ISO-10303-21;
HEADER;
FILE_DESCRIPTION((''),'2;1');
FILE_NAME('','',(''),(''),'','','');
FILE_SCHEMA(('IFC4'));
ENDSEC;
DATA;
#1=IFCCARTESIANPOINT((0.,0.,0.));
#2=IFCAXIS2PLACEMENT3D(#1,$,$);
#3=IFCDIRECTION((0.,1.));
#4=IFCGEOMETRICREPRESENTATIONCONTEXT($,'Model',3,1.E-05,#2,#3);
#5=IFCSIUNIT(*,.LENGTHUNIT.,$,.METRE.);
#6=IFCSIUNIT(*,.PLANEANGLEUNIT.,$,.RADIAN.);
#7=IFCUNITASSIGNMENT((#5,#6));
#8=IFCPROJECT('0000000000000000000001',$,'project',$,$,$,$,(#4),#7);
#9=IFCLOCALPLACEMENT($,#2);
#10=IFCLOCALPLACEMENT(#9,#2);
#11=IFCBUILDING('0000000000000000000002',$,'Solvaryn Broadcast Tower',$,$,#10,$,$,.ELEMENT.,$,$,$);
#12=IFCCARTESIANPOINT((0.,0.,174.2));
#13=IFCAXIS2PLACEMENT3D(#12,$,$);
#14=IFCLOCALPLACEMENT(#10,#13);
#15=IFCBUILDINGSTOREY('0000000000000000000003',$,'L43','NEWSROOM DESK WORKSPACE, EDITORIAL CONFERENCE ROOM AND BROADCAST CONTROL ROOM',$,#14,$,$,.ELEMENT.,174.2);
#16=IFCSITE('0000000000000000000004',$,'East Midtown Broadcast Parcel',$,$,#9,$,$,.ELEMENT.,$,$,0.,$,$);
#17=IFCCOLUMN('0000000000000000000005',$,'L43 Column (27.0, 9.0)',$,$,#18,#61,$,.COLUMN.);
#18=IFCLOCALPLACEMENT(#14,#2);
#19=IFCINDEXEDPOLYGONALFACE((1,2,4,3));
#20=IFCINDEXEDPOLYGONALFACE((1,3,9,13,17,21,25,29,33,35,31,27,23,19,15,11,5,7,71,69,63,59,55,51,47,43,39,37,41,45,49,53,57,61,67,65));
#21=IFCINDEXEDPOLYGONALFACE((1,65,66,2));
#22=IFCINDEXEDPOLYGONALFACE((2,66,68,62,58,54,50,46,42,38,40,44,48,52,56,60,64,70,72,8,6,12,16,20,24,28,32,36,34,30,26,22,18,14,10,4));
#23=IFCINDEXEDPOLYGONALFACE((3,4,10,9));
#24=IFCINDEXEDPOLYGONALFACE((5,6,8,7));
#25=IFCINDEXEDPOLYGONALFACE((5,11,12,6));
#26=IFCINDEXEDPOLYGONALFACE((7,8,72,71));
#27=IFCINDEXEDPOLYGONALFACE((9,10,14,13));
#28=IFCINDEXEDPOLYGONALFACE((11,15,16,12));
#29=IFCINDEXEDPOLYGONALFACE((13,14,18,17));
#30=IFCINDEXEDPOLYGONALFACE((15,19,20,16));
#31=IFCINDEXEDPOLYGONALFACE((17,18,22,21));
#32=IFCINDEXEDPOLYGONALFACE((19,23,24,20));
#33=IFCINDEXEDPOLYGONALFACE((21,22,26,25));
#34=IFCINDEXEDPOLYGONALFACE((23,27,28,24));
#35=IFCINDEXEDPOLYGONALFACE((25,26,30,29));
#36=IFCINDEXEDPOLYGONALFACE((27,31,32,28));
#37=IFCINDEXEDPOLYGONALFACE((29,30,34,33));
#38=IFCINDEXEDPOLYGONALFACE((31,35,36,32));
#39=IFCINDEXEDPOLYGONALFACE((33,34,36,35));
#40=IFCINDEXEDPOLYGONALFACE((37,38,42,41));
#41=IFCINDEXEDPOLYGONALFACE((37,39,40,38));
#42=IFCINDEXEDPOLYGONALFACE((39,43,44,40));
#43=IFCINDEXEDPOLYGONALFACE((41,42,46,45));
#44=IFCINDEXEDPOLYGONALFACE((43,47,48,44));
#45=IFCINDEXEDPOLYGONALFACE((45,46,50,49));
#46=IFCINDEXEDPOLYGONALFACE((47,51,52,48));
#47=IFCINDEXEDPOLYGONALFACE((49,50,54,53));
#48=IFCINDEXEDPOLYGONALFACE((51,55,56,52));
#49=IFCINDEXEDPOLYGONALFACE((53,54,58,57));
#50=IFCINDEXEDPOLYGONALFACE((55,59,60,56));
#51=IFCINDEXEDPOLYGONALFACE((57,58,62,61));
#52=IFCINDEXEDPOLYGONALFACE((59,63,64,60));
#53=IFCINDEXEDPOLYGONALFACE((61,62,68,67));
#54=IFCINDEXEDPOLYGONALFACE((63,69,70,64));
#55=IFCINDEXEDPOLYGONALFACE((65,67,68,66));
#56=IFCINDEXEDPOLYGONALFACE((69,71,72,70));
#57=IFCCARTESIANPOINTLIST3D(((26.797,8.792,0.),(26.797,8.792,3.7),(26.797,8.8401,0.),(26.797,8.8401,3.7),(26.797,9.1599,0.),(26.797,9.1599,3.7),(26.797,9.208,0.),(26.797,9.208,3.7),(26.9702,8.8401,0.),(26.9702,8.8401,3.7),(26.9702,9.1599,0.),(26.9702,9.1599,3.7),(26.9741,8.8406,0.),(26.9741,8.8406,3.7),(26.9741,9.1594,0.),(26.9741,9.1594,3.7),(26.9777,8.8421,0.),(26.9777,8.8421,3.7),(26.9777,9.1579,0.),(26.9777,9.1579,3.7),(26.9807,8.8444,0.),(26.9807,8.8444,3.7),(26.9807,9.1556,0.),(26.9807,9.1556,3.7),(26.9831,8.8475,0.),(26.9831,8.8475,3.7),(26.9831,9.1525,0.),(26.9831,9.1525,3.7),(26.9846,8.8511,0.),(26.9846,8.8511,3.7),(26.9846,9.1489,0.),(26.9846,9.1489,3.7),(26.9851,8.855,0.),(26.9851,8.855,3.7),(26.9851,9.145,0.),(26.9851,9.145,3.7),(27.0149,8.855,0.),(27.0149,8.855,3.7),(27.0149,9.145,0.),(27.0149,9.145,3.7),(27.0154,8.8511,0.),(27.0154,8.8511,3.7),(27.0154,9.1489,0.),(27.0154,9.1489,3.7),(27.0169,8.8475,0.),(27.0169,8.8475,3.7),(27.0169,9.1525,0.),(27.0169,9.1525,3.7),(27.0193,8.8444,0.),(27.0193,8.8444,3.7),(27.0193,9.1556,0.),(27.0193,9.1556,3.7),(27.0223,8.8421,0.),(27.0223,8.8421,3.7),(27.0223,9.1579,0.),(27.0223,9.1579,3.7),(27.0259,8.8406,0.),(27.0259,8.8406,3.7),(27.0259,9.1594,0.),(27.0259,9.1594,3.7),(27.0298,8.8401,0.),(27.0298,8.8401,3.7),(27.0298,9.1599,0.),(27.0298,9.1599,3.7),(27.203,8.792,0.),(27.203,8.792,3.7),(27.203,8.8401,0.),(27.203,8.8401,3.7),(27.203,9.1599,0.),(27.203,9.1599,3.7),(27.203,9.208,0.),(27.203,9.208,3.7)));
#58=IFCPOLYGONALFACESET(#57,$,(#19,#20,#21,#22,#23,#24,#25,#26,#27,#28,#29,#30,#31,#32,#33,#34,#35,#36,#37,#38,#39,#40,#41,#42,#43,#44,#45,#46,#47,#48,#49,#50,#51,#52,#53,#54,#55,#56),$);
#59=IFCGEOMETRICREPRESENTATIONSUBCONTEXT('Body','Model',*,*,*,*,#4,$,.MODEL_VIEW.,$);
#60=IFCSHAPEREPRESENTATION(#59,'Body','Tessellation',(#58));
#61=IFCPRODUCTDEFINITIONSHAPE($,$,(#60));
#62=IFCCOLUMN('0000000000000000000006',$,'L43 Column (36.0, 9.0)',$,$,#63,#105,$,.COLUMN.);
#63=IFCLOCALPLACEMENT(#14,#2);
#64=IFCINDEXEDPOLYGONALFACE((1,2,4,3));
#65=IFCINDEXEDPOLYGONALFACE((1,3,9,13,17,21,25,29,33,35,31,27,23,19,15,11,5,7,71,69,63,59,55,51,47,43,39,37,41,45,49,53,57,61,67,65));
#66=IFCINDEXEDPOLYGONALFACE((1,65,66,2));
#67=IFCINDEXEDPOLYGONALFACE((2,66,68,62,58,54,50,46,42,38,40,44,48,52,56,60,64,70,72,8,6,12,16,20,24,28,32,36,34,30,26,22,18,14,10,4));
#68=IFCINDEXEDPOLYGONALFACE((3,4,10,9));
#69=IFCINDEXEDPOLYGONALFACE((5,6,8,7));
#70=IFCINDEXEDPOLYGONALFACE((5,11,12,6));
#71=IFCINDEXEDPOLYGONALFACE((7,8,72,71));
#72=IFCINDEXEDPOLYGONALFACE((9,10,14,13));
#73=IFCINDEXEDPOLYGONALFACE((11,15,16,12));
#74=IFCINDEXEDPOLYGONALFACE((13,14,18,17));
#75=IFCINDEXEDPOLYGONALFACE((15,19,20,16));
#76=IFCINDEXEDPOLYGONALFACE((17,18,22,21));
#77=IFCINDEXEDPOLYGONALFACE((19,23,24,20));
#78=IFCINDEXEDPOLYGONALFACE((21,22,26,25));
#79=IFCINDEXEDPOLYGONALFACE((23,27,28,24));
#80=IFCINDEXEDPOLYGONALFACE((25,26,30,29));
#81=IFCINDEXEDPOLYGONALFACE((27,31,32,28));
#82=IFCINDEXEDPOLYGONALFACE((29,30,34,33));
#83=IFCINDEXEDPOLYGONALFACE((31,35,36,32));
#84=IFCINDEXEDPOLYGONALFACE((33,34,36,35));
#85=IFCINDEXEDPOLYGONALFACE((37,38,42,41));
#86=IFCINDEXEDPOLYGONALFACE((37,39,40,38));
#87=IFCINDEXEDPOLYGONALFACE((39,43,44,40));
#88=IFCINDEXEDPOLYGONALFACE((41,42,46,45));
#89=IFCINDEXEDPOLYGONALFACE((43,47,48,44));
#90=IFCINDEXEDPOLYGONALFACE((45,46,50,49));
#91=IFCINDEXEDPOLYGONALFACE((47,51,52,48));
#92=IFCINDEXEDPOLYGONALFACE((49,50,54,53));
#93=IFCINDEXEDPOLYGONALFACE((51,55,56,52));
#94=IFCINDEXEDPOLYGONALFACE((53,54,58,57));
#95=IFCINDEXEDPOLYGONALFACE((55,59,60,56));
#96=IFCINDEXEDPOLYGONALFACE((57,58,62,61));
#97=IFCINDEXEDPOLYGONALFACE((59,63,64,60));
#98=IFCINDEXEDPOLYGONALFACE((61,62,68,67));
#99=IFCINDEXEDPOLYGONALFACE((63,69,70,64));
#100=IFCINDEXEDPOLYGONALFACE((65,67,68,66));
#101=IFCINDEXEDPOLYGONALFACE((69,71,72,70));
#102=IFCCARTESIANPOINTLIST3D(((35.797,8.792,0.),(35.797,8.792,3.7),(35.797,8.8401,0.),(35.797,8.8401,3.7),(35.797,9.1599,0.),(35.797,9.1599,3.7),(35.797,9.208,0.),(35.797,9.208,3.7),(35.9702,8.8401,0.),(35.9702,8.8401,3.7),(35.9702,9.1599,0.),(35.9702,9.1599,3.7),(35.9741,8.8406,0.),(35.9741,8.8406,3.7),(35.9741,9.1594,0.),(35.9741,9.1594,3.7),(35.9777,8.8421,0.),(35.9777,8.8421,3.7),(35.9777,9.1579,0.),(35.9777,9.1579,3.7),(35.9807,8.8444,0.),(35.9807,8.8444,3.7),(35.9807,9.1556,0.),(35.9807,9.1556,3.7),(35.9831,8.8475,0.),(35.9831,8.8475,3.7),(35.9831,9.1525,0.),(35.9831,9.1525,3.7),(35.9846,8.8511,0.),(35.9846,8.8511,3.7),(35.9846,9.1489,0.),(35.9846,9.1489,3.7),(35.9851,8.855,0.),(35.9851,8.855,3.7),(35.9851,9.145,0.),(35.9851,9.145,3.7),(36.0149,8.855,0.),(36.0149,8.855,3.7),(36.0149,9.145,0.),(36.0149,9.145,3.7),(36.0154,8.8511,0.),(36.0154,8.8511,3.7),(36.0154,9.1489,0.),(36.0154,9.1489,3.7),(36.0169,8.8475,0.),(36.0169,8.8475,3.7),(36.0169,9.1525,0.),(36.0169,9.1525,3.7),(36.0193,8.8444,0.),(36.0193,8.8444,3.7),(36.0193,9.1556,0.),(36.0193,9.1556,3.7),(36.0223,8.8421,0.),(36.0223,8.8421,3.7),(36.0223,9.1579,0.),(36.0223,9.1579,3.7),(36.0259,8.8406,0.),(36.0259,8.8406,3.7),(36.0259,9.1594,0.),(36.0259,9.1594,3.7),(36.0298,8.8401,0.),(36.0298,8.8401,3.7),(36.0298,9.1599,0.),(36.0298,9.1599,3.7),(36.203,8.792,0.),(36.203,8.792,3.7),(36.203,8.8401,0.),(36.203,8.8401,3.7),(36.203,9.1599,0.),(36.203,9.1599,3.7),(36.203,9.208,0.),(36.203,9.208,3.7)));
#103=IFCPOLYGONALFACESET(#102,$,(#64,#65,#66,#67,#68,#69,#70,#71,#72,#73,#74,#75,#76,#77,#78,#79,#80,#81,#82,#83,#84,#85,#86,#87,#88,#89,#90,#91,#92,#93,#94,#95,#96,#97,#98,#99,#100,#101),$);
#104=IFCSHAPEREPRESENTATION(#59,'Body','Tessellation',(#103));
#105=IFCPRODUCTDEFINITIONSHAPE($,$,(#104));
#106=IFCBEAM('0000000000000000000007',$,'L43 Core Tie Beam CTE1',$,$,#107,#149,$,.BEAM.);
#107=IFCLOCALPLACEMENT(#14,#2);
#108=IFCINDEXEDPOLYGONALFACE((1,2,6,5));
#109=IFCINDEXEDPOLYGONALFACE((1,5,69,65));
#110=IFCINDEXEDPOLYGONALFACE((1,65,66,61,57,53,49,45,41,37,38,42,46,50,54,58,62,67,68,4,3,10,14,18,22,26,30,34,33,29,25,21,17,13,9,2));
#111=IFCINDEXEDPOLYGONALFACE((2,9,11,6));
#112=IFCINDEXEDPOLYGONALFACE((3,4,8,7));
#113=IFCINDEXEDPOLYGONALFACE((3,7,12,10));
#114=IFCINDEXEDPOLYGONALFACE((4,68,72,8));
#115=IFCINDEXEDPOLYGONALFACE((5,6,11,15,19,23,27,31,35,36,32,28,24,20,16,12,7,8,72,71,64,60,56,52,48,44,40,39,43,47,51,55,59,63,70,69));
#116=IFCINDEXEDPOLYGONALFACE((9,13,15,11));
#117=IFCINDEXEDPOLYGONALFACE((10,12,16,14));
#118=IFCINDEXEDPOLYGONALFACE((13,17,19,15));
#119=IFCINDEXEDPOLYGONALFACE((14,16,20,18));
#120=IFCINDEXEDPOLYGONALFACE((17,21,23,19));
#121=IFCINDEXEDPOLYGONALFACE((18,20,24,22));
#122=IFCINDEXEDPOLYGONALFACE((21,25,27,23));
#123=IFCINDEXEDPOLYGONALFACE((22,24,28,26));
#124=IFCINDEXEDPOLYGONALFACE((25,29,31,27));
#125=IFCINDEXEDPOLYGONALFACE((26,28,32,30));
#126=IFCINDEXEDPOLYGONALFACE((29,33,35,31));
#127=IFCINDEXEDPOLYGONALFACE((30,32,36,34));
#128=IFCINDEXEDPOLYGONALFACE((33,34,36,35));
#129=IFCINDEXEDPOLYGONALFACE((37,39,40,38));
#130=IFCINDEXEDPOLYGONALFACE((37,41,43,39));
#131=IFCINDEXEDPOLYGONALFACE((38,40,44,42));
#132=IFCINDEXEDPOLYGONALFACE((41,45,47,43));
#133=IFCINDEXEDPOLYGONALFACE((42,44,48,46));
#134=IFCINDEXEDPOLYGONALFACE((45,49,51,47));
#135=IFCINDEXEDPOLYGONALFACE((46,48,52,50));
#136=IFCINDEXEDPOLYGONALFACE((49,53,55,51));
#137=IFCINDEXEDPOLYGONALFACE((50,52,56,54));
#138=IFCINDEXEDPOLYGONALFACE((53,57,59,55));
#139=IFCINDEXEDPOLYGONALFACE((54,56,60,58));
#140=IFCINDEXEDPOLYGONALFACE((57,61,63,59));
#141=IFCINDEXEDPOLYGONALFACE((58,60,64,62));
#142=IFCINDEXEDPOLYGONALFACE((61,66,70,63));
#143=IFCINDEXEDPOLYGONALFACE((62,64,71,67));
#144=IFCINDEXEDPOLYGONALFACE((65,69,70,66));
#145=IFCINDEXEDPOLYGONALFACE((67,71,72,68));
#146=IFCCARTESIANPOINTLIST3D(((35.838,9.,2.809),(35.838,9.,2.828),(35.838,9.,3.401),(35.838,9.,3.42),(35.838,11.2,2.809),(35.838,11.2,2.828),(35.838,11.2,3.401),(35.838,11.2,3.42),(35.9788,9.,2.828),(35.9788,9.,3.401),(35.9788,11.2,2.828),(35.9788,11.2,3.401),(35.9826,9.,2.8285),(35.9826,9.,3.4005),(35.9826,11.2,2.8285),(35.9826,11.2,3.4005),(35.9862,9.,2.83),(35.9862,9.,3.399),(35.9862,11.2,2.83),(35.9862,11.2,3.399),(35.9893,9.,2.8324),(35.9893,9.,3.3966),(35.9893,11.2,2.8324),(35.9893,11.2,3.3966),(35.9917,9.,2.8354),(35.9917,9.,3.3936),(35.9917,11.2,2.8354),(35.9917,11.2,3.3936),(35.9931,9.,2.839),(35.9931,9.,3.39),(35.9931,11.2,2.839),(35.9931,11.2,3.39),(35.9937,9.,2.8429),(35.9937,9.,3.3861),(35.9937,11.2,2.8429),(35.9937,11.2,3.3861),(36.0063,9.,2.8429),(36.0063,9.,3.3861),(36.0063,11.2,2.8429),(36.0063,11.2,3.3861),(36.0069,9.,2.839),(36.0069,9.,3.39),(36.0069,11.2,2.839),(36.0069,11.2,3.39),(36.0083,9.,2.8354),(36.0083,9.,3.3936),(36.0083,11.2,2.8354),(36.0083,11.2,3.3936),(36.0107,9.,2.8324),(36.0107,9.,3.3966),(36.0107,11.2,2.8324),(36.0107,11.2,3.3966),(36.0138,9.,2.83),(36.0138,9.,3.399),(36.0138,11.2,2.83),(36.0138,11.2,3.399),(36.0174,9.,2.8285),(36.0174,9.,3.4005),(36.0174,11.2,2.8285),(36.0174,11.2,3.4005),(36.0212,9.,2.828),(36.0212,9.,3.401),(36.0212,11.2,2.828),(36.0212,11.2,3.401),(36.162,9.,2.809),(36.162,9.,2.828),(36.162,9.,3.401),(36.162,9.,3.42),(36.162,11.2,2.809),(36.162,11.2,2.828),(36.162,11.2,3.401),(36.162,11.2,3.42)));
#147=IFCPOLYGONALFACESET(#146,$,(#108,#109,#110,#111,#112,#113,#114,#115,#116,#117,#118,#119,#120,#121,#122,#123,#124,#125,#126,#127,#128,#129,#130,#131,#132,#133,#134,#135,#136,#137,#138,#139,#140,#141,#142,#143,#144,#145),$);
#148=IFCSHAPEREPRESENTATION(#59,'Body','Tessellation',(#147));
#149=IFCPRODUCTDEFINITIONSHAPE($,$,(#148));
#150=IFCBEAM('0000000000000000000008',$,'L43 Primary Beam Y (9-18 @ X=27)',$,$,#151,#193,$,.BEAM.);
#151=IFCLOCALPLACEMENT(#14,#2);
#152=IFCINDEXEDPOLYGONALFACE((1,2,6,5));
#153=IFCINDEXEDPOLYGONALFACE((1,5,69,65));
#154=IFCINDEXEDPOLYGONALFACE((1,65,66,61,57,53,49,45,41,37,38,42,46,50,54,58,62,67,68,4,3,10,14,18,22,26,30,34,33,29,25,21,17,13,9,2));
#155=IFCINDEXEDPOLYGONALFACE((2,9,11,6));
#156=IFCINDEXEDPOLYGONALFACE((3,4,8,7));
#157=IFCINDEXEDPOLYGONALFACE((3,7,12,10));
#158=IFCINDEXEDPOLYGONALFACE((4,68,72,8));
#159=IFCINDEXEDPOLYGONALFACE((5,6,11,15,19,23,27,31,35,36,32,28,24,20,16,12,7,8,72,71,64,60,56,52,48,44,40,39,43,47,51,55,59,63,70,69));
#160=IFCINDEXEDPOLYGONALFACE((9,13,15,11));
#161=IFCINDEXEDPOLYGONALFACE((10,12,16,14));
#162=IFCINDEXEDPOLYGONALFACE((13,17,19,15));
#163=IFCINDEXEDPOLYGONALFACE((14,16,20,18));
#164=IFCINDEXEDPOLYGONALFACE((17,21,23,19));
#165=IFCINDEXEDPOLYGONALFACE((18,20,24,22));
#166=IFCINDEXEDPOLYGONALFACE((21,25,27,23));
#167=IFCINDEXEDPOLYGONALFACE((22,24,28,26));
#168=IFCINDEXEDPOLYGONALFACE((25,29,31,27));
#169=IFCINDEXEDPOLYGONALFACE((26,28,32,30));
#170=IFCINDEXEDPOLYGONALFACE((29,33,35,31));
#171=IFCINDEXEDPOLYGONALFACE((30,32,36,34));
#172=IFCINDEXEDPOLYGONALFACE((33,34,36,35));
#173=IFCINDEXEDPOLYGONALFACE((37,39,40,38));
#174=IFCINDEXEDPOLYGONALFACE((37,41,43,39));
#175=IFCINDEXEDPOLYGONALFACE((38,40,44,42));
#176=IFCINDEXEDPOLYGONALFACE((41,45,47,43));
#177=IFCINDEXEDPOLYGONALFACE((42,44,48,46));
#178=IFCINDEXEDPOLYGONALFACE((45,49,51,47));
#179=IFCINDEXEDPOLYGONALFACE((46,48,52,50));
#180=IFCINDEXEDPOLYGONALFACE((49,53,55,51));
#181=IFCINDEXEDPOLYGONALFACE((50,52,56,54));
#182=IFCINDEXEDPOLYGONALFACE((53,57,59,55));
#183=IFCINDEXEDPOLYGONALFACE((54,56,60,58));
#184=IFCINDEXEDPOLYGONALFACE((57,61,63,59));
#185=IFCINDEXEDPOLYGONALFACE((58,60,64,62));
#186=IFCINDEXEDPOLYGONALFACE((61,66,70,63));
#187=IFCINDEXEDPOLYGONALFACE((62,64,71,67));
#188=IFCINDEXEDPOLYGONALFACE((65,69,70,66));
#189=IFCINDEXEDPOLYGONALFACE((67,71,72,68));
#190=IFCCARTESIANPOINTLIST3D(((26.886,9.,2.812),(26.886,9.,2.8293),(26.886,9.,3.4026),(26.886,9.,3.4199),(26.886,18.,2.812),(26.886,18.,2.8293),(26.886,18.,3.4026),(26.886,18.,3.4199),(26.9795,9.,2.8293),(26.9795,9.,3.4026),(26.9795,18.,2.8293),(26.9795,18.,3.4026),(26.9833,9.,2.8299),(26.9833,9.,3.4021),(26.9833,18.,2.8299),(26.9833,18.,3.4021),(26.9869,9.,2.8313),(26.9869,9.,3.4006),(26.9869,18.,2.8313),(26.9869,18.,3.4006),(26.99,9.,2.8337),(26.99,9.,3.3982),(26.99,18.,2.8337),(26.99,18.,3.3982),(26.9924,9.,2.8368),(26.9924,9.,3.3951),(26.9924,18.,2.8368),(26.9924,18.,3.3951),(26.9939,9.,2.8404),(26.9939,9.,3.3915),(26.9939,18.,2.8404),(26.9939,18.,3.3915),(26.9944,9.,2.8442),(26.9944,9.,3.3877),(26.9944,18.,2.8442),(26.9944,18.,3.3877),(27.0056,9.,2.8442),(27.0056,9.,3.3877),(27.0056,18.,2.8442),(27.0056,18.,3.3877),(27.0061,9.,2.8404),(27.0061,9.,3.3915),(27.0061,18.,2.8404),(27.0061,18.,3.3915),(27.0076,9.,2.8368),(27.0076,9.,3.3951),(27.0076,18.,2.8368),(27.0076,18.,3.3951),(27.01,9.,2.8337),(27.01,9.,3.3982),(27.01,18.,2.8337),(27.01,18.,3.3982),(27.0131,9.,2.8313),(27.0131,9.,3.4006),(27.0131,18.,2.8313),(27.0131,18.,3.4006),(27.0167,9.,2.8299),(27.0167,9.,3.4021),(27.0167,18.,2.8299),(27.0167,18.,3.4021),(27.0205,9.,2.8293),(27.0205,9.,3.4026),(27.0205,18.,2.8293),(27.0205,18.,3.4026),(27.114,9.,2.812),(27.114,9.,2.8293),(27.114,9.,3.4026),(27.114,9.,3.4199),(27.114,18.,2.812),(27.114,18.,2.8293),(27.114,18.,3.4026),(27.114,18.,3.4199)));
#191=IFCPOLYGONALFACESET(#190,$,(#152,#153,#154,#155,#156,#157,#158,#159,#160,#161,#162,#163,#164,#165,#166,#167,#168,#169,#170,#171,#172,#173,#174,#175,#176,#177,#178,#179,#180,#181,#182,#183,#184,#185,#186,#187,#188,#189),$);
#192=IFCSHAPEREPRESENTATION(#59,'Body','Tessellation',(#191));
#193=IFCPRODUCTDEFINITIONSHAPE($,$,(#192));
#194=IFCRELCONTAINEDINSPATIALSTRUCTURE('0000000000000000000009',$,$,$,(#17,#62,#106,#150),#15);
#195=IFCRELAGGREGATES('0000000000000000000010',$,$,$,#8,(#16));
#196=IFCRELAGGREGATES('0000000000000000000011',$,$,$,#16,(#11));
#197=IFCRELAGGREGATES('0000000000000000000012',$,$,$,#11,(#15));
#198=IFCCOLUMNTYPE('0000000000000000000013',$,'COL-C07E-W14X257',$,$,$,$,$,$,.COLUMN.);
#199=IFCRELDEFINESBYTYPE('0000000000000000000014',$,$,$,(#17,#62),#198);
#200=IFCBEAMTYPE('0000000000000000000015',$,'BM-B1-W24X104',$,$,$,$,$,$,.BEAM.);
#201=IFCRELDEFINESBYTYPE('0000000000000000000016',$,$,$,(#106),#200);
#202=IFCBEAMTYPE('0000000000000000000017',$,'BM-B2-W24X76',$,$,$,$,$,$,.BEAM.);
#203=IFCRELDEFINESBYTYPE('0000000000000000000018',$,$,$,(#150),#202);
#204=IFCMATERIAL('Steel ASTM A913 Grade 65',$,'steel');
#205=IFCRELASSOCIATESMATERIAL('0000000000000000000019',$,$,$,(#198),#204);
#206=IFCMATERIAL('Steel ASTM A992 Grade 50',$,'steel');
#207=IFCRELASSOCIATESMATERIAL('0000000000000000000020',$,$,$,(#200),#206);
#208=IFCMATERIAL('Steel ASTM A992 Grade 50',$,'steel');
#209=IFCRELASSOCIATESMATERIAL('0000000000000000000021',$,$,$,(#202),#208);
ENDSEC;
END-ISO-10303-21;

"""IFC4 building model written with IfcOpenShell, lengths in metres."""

from ifc_helpers import new_model, si_unit, direction, frame, origin, origin_2d, place, context, subcontext, project, spatial, i_section, extrude, material, material_profile, profile_set, type_object, element, save


model = new_model("IFC4")

# Units and contexts
model_context = context("Model", 3, precision=1e-05, world=origin(), true_north=direction((0.0, 1.0)))
body_context = subcontext(model_context, "Body", "Model", "MODEL_VIEW")
ifc_project = project(units=[si_unit("LENGTHUNIT", "METRE"), si_unit("PLANEANGLEUNIT", "RADIAN")], contexts=[model_context])

# Site, building, storey
site_placement = place(None, origin())
site = spatial("IfcSite", under=ifc_project, at=site_placement, Name="East Midtown Broadcast Parcel", CompositionType="ELEMENT", RefElevation=0.0)
building_placement = place(site_placement, origin())
building = spatial("IfcBuilding", under=site, at=building_placement, Name="Solvaryn Broadcast Tower", CompositionType="ELEMENT")
storey_placement = place(building_placement, frame((0.0, 0.0, 174.2)))
storey = spatial("IfcBuildingStorey", under=building, at=storey_placement, Name="L43", Description="NEWSROOM DESK WORKSPACE, EDITORIAL CONFERENCE ROOM AND BROADCAST CONTROL ROOM", CompositionType="ELEMENT", Elevation=174.2)

# Columns
ifc_material_1 = material(Name="Steel ASTM A913 Grade 65", Category="steel")
ifc_material_profile_1 = material_profile(ifc_material_1, i_section(OverallWidth=0.406, OverallDepth=0.416, WebThickness=0.0298, FlangeThickness=0.0481, FilletRadius=0.0149, at=origin_2d()))
ifc_profile_set_1 = profile_set([ifc_material_profile_1], Name="Steel ASTM A913 Grade 65")
column_type = type_object("IfcColumnType", Name="COL-C07E-W14X257", PredefinedType="COLUMN", material=ifc_profile_set_1)
for number, where, z_axis, x_axis, name in (
    (1, (27.0, 9.0, 0.0), (0.0, 0.0, 1.0), (1.0, 0.0, 0.0), "L43 Column (27.0, 9.0)"),
    (2, (36.0, 9.0, 0.0), (0.0, 0.0, 1.0), (1.0, 0.0, 0.0), "L43 Column (36.0, 9.0)"),
):
    element("IfcColumn", number, at=place(storey_placement, frame(where, z_axis=z_axis, x_axis=x_axis)), inside=storey, type_object=column_type, Name=name, PredefinedType="COLUMN", context=body_context, shape_type="SweptSolid", body=[
        extrude(i_section(OverallWidth=0.406, OverallDepth=0.416, WebThickness=0.0298, FlangeThickness=0.0481, FilletRadius=0.0149, at=origin_2d()), origin(), (0.0, 0.0, 1.0), 3.7),
    ])

# Beams
ifc_material_2 = material(Name="Steel ASTM A992 Grade 50", Category="steel")
ifc_material_profile_2 = material_profile(ifc_material_2, i_section(OverallWidth=0.324, OverallDepth=0.6111, WebThickness=0.0127, FlangeThickness=0.019, FilletRadius=0.0149, at=origin_2d()))
ifc_profile_set_2 = profile_set([ifc_material_profile_2], Name="Steel ASTM A992 Grade 50")
beam_type_1 = type_object("IfcBeamType", Name="BM-B1-W24X104", PredefinedType="BEAM", material=ifc_profile_set_2)
beam_1_placement = place(storey_placement, frame((36.0, 9.0, 3.1145), z_axis=(0.0, 1.0, 0.0), x_axis=(-1.0, 0.0, 0.0)))
element("IfcBeam", 3, at=beam_1_placement, inside=storey, type_object=beam_type_1, Name="L43 Core Tie Beam CTE1", PredefinedType="BEAM", context=body_context, shape_type="SweptSolid", body=[
    extrude(i_section(OverallWidth=0.324, OverallDepth=0.6111, WebThickness=0.0127, FlangeThickness=0.019, FilletRadius=0.0149, at=origin_2d()), origin(), (0.0, 0.0, 1.0), 2.2),
])
ifc_material_3 = material(Name="Steel ASTM A992 Grade 50", Category="steel")
ifc_material_profile_3 = material_profile(ifc_material_3, i_section(OverallWidth=0.228, OverallDepth=0.6079, WebThickness=0.0112, FlangeThickness=0.0173, FilletRadius=0.0149, at=origin_2d()))
ifc_profile_set_3 = profile_set([ifc_material_profile_3], Name="Steel ASTM A992 Grade 50")
beam_type_2 = type_object("IfcBeamType", Name="BM-B2-W24X76", PredefinedType="BEAM", material=ifc_profile_set_3)
beam_2_placement = place(storey_placement, frame((27.0, 9.0, 3.116), z_axis=(0.0, 1.0, 0.0), x_axis=(-1.0, 0.0, 0.0)))
element("IfcBeam", 4, at=beam_2_placement, inside=storey, type_object=beam_type_2, Name="L43 Primary Beam Y (9-18 @ X=27)", PredefinedType="BEAM", context=body_context, shape_type="SweptSolid", body=[
    extrude(i_section(OverallWidth=0.228, OverallDepth=0.6079, WebThickness=0.0112, FlangeThickness=0.0173, FilletRadius=0.0149, at=origin_2d()), origin(), (0.0, 0.0, 1.0), 9.0),
])

save(model, "model.ifc")
